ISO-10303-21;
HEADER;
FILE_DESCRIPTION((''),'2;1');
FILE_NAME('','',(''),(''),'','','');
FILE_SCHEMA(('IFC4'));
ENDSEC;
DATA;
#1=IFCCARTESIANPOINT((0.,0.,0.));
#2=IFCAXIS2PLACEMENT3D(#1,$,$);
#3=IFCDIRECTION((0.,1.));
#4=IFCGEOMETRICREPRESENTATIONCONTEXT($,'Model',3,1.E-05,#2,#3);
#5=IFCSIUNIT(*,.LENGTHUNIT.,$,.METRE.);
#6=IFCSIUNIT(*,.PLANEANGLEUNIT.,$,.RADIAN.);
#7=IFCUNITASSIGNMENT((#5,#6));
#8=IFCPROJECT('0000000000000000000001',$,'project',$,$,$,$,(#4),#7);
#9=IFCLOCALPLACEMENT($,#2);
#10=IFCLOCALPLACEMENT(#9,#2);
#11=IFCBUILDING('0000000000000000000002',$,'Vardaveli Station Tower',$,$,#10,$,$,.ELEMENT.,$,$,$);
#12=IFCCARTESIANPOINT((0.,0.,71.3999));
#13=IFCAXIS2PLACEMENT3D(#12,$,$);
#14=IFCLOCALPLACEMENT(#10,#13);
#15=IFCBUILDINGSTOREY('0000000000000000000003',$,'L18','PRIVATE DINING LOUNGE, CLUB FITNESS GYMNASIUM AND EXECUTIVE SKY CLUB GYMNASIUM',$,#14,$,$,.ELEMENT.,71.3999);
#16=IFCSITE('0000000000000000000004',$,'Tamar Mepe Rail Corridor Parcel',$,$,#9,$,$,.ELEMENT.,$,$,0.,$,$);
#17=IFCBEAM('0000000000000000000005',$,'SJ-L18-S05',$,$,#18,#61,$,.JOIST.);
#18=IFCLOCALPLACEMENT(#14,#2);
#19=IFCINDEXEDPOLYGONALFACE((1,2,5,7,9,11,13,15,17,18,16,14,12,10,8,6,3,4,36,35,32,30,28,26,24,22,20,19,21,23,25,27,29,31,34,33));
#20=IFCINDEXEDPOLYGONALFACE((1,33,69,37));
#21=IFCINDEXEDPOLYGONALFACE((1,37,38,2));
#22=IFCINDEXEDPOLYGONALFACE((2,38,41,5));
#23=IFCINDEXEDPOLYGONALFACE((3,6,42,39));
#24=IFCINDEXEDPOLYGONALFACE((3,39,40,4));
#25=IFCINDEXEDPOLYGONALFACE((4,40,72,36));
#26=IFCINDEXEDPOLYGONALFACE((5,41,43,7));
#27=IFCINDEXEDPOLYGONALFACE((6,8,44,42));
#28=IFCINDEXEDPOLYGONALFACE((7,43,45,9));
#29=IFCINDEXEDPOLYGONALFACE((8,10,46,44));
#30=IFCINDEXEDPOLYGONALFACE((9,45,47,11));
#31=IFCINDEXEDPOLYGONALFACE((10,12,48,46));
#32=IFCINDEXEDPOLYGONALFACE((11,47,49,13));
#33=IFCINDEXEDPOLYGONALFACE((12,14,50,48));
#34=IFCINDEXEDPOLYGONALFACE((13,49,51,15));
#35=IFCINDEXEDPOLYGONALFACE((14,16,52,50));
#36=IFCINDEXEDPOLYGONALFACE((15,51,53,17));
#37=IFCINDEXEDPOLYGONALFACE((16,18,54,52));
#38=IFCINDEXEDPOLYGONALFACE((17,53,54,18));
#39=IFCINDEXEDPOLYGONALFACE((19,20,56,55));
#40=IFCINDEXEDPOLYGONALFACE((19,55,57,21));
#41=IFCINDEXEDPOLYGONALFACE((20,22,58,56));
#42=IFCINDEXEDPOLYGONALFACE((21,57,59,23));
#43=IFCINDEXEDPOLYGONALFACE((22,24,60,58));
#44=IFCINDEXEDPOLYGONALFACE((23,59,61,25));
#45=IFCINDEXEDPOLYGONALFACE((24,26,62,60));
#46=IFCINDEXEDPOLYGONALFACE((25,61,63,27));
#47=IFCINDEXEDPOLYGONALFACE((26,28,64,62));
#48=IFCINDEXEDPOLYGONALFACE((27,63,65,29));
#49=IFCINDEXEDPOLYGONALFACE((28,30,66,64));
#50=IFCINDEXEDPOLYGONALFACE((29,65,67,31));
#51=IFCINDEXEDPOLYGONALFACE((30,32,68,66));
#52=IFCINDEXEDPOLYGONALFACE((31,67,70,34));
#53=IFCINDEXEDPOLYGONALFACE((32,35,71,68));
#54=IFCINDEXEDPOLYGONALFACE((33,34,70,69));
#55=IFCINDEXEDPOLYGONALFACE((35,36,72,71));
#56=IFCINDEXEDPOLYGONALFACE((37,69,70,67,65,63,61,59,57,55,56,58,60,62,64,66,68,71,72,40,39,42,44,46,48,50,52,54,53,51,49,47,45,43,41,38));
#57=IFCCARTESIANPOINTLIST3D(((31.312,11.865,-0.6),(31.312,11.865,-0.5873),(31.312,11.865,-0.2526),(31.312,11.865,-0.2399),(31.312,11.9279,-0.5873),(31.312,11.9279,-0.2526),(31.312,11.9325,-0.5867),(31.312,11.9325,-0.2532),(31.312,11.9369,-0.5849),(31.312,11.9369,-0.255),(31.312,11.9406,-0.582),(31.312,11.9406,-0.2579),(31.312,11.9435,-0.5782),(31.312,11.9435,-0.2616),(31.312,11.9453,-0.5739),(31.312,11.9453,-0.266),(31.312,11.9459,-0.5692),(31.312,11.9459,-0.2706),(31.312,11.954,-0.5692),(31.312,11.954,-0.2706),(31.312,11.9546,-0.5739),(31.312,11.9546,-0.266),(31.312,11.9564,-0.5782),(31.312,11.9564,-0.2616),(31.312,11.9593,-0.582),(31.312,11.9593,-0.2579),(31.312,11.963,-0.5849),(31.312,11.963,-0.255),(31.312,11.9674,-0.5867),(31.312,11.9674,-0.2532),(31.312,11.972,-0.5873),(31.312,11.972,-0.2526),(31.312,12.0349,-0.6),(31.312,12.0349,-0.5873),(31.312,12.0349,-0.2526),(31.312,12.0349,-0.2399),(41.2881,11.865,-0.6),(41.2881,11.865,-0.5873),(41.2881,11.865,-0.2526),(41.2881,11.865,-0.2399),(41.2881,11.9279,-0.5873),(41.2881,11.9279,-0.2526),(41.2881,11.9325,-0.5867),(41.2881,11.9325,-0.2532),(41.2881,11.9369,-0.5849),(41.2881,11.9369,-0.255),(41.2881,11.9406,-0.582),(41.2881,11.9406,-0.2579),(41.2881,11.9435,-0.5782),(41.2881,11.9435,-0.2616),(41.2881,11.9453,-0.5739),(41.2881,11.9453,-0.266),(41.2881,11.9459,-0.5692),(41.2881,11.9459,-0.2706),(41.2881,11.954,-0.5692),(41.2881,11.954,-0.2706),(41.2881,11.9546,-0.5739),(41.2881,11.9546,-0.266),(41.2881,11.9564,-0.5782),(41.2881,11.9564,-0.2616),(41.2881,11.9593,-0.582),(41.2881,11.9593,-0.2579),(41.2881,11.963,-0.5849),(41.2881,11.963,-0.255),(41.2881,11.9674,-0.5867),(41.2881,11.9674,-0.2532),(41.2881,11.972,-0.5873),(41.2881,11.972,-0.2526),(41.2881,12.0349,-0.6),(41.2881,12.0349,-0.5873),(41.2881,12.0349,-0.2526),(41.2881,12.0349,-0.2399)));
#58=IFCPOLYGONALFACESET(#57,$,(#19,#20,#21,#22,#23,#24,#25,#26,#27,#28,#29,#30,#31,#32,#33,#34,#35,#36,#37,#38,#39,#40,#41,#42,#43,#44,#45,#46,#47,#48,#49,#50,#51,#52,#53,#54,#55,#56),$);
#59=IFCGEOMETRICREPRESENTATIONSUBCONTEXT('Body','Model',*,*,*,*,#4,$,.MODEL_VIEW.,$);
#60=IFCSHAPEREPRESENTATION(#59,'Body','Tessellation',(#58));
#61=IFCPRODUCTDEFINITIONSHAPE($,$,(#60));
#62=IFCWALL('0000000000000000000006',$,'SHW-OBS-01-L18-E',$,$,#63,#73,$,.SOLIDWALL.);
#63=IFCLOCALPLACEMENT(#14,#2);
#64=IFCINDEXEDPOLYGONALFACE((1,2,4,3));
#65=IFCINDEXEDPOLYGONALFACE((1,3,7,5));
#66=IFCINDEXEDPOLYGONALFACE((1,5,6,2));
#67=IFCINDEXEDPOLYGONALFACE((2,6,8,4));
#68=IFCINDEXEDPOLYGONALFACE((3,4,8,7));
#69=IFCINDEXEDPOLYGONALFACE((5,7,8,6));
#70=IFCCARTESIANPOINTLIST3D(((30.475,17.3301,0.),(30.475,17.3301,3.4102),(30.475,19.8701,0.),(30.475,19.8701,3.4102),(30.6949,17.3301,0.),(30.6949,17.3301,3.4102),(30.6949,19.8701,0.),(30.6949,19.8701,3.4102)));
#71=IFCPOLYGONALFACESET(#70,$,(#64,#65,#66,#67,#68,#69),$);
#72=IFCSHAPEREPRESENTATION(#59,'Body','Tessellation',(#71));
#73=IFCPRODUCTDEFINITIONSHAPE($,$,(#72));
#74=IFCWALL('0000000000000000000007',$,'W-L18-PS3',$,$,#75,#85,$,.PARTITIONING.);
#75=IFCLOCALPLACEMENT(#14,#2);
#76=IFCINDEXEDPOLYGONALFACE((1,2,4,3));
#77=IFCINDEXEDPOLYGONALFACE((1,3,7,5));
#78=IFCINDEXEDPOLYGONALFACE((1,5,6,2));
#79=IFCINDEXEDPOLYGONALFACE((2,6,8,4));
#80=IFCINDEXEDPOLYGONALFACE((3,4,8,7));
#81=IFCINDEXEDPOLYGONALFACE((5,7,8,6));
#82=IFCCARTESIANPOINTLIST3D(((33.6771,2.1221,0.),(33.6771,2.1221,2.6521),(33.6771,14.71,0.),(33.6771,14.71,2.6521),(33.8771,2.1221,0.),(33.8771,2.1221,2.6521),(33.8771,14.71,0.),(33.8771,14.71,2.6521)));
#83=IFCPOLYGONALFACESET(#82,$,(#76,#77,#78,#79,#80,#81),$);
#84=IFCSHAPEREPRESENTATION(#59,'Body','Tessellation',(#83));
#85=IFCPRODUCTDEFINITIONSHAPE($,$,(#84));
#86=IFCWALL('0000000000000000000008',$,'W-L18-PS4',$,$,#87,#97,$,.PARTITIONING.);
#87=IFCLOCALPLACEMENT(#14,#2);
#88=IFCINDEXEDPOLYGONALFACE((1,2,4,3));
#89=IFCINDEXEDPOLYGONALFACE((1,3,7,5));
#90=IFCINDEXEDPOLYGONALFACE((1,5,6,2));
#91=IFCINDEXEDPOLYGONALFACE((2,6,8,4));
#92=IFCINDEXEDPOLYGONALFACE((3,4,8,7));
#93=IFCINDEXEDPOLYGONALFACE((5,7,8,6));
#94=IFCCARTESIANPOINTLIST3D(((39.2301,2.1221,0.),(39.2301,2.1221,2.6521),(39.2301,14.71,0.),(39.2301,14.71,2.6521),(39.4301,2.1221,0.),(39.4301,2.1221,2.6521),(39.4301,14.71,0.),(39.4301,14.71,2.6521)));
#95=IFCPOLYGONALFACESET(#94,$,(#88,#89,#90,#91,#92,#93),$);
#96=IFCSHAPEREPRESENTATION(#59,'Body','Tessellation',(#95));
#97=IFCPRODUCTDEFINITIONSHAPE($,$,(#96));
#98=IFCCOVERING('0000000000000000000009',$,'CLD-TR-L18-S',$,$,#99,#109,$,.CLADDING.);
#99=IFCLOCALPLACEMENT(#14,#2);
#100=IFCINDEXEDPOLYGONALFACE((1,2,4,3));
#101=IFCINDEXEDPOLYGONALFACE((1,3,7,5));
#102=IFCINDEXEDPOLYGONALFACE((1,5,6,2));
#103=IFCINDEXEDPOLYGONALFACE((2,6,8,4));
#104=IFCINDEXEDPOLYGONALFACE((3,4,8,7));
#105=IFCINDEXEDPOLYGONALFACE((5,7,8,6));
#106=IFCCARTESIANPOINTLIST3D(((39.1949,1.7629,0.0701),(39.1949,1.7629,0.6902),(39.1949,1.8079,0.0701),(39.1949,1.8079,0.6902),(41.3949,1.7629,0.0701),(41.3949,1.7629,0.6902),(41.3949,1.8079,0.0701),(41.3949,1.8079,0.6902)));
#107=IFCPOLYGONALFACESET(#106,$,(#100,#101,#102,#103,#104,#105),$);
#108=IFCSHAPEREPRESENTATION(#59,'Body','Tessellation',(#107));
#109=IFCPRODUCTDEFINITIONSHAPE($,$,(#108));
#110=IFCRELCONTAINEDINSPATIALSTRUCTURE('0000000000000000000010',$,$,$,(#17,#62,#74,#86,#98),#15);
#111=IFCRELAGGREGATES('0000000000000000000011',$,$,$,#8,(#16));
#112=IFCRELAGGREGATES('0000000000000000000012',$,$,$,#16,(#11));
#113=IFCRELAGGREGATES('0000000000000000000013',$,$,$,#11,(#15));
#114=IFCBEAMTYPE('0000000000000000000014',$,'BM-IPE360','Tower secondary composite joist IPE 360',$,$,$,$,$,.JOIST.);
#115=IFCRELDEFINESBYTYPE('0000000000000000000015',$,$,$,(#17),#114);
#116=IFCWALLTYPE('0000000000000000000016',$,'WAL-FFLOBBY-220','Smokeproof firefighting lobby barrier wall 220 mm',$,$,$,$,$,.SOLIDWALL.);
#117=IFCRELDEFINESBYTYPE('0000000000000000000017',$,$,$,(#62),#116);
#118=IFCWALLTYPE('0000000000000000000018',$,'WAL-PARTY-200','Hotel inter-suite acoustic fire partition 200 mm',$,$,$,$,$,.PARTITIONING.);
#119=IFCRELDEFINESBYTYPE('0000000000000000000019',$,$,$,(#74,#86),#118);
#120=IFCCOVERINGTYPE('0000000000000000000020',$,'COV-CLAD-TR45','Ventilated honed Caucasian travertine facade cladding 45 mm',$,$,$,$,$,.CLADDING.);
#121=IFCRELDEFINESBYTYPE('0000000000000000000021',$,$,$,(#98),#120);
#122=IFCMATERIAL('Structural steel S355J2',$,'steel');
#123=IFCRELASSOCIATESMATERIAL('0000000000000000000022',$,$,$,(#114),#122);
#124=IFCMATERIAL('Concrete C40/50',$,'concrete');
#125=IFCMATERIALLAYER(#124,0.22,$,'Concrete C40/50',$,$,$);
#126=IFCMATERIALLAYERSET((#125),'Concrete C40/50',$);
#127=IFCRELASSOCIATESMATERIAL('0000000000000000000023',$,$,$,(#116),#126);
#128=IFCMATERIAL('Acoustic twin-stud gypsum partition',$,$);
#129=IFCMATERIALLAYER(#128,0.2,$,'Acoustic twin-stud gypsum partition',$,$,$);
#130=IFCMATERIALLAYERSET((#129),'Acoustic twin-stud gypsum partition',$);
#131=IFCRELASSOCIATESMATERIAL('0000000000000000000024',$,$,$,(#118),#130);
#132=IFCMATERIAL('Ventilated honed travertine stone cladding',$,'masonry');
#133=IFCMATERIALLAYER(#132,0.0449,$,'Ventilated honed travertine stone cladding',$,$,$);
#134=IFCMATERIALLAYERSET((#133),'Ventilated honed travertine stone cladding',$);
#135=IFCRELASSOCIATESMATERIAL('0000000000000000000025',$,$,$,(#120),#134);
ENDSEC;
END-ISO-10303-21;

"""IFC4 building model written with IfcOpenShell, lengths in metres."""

from ifc_helpers import new_model, si_unit, direction, frame, frame_2d, origin, origin_2d, place, context, subcontext, project, spatial, rectangle, i_section, extrude, source, transform, mapped, material, layer, layer_set, material_profile, profile_set, type_object, element, save


model = new_model("IFC4")

# Units and contexts
model_context = context("Model", 3, precision=1e-05, world=origin(), true_north=direction((0.0, 1.0)))
body_context = subcontext(model_context, "Body", "Model", "MODEL_VIEW")
ifc_project = project(units=[si_unit("LENGTHUNIT", "METRE"), si_unit("PLANEANGLEUNIT", "RADIAN")], contexts=[model_context])

# Site, building, storey
site_placement = place(None, origin())
site = spatial("IfcSite", under=ifc_project, at=site_placement, Name="Tamar Mepe Rail Corridor Parcel", CompositionType="ELEMENT", RefElevation=0.0)
building_placement = place(site_placement, origin())
building = spatial("IfcBuilding", under=site, at=building_placement, Name="Vardaveli Station Tower", CompositionType="ELEMENT")
storey_placement = place(building_placement, frame((0.0, 0.0, 71.3999)))
storey = spatial("IfcBuildingStorey", under=building, at=storey_placement, Name="L18", Description="PRIVATE DINING LOUNGE, CLUB FITNESS GYMNASIUM AND EXECUTIVE SKY CLUB GYMNASIUM", CompositionType="ELEMENT", Elevation=71.3999)

# Beam
ifc_material_1 = material(Name="Structural steel S355J2", Category="steel")
ifc_material_profile_1 = material_profile(ifc_material_1, i_section(OverallWidth=0.1699, OverallDepth=0.3601, WebThickness=0.0081, FlangeThickness=0.0127, FilletRadius=0.0181, at=origin_2d()), Name="IPE 360")
ifc_profile_set_1 = profile_set([ifc_material_profile_1], Name="Structural steel S355J2")
beam_type_1 = type_object("IfcBeamType", Name="BM-IPE360", Description="Tower secondary composite joist IPE 360", PredefinedType="JOIST", material=ifc_profile_set_1)
shared_shape_1 = source(origin(), body_context, "Body", "SweptSolid", [
    extrude(i_section(OverallWidth=0.1699, OverallDepth=0.3601, WebThickness=0.0081, FlangeThickness=0.0127, FilletRadius=0.0181, at=origin_2d()), origin(), (0.0, 0.0, 1.0), 9.9761),
])
for number, where, z_axis, x_axis, name in (
    (1, (31.312, 11.95, -0.4199), (1.0, 0.0, 0.0), (0.0, 1.0, 0.0), "SJ-L18-S05"),
):
    element("IfcBeam", number, at=place(storey_placement, frame(where, z_axis=z_axis, x_axis=x_axis)), inside=storey, type_object=beam_type_1, Name=name, PredefinedType="JOIST", context=body_context, shape_type="MappedRepresentation", body=[
        mapped(shared_shape_1, transform((0.0, 0.0, 0.0), scale=1.0)),
    ])

# Walls
ifc_material_2 = material(Name="Concrete C40/50", Category="concrete")
ifc_layer_1 = layer(ifc_material_2, 0.22, Name="Concrete C40/50")
ifc_layer_set_1 = layer_set([ifc_layer_1], Name="Concrete C40/50")
wall_type_1 = type_object("IfcWallType", Name="WAL-FFLOBBY-220", Description="Smokeproof firefighting lobby barrier wall 220 mm", PredefinedType="SOLIDWALL", material=ifc_layer_set_1)
shared_shape_2 = source(origin(), body_context, "Body", "SweptSolid", [
    extrude(rectangle(XDim=2.54, YDim=0.22, at=frame_2d((1.27, 0.0))), origin(), (0.0, 0.0, 1.0), 3.4102),
])
wall_placement = place(storey_placement, frame((30.585, 17.3301, 0.0), z_axis=(0.0, 0.0, 1.0), x_axis=(0.0, 1.0, 0.0)))
element("IfcWall", 2, at=wall_placement, inside=storey, type_object=wall_type_1, Name="SHW-OBS-01-L18-E", PredefinedType="SOLIDWALL", context=body_context, shape_type="MappedRepresentation", body=[
    mapped(shared_shape_2, transform((0.0, 0.0, 0.0), scale=1.0)),
])
ifc_material_3 = material(Name="Acoustic twin-stud gypsum partition")
ifc_layer_2 = layer(ifc_material_3, 0.2, Name="Acoustic twin-stud gypsum partition")
ifc_layer_set_2 = layer_set([ifc_layer_2], Name="Acoustic twin-stud gypsum partition")
wall_type_2 = type_object("IfcWallType", Name="WAL-PARTY-200", Description="Hotel inter-suite acoustic fire partition 200 mm", PredefinedType="PARTITIONING", material=ifc_layer_set_2)
shared_shape_3 = source(origin(), body_context, "Body", "SweptSolid", [
    extrude(rectangle(XDim=12.5879, YDim=0.2, at=frame_2d((6.2939, 0.0))), origin(), (0.0, 0.0, 1.0), 2.6521),
])
for number, where, z_axis, x_axis, name in (
    (3, (33.7771, 2.1221, 0.0), (0.0, 0.0, 1.0), (0.0, 1.0, 0.0), "W-L18-PS3"),
    (4, (39.3301, 2.1221, 0.0), (0.0, 0.0, 1.0), (0.0, 1.0, 0.0), "W-L18-PS4"),
):
    element("IfcWall", number, at=place(storey_placement, frame(where, z_axis=z_axis, x_axis=x_axis)), inside=storey, type_object=wall_type_2, Name=name, PredefinedType="PARTITIONING", context=body_context, shape_type="MappedRepresentation", body=[
        mapped(shared_shape_3, transform((0.0, 0.0, 0.0), scale=1.0)),
    ])

# Covering
ifc_material_4 = material(Name="Ventilated honed travertine stone cladding", Category="masonry")
ifc_layer_3 = layer(ifc_material_4, 0.0449, Name="Ventilated honed travertine stone cladding")
ifc_layer_set_3 = layer_set([ifc_layer_3], Name="Ventilated honed travertine stone cladding")
covering_type = type_object("IfcCoveringType", Name="COV-CLAD-TR45", Description="Ventilated honed Caucasian travertine facade cladding 45 mm", PredefinedType="CLADDING", material=ifc_layer_set_3)
shared_shape_4 = source(origin(), body_context, "Body", "SweptSolid", [
    extrude(rectangle(XDim=2.2, YDim=0.0449, at=origin_2d()), origin(), (0.0, 0.0, 1.0), 0.6201),
])
covering_placement = place(storey_placement, frame((40.2949, 1.7854, 0.0701), z_axis=(0.0, 0.0, 1.0), x_axis=(1.0, 0.0, 0.0)))
element("IfcCovering", 5, at=covering_placement, inside=storey, type_object=covering_type, Name="CLD-TR-L18-S", PredefinedType="CLADDING", context=body_context, shape_type="MappedRepresentation", body=[
    mapped(shared_shape_4, transform((0.0, 0.0, 0.0), scale=1.0)),
])

save(model, "model.ifc")
